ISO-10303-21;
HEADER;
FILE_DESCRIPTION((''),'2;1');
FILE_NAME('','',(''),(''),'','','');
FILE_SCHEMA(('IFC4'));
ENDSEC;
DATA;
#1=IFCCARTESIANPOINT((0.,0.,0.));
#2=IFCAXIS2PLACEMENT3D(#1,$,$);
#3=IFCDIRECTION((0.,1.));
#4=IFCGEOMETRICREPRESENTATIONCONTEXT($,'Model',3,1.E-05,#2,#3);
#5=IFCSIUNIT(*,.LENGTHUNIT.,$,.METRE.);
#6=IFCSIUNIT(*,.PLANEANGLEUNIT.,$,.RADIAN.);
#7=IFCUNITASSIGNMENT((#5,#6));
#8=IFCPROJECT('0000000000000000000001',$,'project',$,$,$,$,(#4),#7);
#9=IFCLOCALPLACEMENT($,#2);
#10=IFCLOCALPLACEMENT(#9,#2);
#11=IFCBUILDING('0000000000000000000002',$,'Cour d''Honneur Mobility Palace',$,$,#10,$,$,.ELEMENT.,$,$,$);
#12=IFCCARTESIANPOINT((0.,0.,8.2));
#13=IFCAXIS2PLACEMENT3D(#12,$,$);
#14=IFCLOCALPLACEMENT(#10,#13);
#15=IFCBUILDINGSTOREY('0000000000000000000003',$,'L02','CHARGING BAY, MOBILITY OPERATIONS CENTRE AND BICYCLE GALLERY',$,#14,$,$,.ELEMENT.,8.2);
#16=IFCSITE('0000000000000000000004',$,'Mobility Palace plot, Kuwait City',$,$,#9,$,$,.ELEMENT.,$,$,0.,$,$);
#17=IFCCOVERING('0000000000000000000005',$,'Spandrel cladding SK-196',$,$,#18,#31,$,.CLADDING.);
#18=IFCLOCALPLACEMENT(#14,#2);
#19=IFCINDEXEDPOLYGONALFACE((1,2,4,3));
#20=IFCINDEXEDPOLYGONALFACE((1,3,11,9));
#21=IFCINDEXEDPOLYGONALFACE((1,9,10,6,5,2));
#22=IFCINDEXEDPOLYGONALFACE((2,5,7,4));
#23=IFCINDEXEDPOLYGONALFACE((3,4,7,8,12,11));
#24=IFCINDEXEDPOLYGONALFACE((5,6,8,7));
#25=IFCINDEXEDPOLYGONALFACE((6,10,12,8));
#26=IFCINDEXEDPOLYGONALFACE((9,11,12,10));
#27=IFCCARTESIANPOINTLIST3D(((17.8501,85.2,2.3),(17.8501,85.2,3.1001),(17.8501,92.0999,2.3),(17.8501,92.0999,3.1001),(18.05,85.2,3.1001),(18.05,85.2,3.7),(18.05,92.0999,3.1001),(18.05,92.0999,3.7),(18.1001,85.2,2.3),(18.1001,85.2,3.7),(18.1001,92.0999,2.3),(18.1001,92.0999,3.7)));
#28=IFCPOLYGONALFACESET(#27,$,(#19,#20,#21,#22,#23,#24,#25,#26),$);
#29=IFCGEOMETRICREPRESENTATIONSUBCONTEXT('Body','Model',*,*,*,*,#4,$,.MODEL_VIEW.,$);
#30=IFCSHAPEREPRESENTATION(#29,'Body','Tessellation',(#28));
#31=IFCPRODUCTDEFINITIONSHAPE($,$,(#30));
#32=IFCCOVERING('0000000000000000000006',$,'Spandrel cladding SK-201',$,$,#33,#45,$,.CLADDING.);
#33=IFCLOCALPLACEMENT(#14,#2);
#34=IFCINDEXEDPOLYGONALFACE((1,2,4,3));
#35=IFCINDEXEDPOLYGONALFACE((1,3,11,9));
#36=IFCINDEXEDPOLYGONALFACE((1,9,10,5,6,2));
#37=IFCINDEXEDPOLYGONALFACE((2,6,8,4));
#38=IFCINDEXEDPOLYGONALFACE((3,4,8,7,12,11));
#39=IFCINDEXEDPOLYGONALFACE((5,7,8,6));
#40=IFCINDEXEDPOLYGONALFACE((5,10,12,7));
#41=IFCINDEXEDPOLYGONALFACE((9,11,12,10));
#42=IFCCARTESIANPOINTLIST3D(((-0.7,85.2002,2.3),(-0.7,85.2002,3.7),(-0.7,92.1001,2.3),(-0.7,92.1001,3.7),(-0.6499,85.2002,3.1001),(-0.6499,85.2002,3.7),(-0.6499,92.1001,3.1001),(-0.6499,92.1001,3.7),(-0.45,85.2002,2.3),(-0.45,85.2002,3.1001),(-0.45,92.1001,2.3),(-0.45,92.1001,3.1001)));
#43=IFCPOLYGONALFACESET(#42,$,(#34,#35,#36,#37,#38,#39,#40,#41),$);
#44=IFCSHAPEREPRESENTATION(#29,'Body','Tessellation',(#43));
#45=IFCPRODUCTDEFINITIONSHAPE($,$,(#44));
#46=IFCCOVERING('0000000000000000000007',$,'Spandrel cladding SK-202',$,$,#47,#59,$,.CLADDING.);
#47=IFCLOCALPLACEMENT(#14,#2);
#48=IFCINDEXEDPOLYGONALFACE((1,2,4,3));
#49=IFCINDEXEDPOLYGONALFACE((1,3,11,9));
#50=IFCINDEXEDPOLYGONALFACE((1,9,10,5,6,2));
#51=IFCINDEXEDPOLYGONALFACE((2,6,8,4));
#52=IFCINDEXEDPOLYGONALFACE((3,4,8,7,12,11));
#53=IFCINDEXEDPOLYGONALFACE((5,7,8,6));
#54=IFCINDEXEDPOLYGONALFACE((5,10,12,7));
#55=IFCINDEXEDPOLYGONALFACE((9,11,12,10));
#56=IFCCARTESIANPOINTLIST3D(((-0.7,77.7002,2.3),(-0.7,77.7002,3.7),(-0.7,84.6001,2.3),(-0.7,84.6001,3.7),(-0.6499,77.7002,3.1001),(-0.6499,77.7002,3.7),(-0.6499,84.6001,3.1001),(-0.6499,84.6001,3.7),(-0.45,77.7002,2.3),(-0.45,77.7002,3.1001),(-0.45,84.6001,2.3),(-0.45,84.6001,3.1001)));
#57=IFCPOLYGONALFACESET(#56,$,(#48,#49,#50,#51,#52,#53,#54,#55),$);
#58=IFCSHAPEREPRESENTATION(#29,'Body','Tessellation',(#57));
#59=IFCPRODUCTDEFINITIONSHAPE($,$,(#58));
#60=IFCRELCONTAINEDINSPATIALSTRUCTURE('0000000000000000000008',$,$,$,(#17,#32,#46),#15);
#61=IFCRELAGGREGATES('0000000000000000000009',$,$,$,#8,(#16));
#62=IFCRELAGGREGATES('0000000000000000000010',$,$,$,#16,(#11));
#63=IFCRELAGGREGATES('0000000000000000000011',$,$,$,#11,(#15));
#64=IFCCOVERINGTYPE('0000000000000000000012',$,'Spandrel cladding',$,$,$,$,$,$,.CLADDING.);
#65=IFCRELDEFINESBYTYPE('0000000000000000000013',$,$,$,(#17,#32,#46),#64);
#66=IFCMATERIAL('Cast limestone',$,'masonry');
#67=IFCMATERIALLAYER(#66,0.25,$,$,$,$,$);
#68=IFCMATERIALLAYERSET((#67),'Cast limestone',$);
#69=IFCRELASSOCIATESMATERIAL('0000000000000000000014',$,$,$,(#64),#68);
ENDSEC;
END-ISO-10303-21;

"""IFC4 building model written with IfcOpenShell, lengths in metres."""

from ifc_helpers import new_model, si_unit, direction, frame, origin, place, context, subcontext, project, spatial, polyline, outline, extrude, material, layer, layer_set, type_object, element, save


model = new_model("IFC4")

# Units and contexts
model_context = context("Model", 3, precision=1e-05, world=origin(), true_north=direction((0.0, 1.0)))
body_context = subcontext(model_context, "Body", "Model", "MODEL_VIEW")
ifc_project = project(units=[si_unit("LENGTHUNIT", "METRE"), si_unit("PLANEANGLEUNIT", "RADIAN")], contexts=[model_context])

# Site, building, storey
site_placement = place(None, origin())
site = spatial("IfcSite", under=ifc_project, at=site_placement, Name="Mobility Palace plot, Kuwait City", CompositionType="ELEMENT", RefElevation=0.0)
building_placement = place(site_placement, origin())
building = spatial("IfcBuilding", under=site, at=building_placement, Name="Cour d'Honneur Mobility Palace", CompositionType="ELEMENT")
storey_placement = place(building_placement, frame((0.0, 0.0, 8.2)))
storey = spatial("IfcBuildingStorey", under=building, at=storey_placement, Name="L02", Description="CHARGING BAY, MOBILITY OPERATIONS CENTRE AND BICYCLE GALLERY", CompositionType="ELEMENT", Elevation=8.2)

# Coverings
ifc_material_1 = material(Name="Cast limestone", Category="masonry")
ifc_layer_1 = layer(ifc_material_1, 0.25)
ifc_layer_set_1 = layer_set([ifc_layer_1], Name="Cast limestone")
covering_type = type_object("IfcCoveringType", Name="Spandrel cladding", PredefinedType="CLADDING", material=ifc_layer_set_1)
for number, where, z_axis, x_axis, name in (
    (1, (17.8501, 85.2, 2.3), (0.0, -1.0, 0.0), (1.0, 0.0, 0.0), "Spandrel cladding SK-196"),
    (2, (-0.45, 92.1001, 2.3), (0.0, 1.0, 0.0), (-1.0, 0.0, 0.0), "Spandrel cladding SK-201"),
    (3, (-0.45, 84.6001, 2.3), (0.0, 1.0, 0.0), (-1.0, 0.0, 0.0), "Spandrel cladding SK-202"),
):
    element("IfcCovering", number, at=place(storey_placement, frame(where, z_axis=z_axis, x_axis=x_axis)), inside=storey, type_object=covering_type, Name=name, PredefinedType="CLADDING", context=body_context, shape_type="SweptSolid", body=[
        extrude(outline(polyline([(0.0, 0.0), (0.25, 0.0), (0.25, 1.3999), (0.2, 1.3999), (0.2, 0.8), (0.0, 0.8), (0.0, 0.0)])), origin(), (0.0, 0.0, -1.0), 6.8999),
    ])

save(model, "model.ifc")
